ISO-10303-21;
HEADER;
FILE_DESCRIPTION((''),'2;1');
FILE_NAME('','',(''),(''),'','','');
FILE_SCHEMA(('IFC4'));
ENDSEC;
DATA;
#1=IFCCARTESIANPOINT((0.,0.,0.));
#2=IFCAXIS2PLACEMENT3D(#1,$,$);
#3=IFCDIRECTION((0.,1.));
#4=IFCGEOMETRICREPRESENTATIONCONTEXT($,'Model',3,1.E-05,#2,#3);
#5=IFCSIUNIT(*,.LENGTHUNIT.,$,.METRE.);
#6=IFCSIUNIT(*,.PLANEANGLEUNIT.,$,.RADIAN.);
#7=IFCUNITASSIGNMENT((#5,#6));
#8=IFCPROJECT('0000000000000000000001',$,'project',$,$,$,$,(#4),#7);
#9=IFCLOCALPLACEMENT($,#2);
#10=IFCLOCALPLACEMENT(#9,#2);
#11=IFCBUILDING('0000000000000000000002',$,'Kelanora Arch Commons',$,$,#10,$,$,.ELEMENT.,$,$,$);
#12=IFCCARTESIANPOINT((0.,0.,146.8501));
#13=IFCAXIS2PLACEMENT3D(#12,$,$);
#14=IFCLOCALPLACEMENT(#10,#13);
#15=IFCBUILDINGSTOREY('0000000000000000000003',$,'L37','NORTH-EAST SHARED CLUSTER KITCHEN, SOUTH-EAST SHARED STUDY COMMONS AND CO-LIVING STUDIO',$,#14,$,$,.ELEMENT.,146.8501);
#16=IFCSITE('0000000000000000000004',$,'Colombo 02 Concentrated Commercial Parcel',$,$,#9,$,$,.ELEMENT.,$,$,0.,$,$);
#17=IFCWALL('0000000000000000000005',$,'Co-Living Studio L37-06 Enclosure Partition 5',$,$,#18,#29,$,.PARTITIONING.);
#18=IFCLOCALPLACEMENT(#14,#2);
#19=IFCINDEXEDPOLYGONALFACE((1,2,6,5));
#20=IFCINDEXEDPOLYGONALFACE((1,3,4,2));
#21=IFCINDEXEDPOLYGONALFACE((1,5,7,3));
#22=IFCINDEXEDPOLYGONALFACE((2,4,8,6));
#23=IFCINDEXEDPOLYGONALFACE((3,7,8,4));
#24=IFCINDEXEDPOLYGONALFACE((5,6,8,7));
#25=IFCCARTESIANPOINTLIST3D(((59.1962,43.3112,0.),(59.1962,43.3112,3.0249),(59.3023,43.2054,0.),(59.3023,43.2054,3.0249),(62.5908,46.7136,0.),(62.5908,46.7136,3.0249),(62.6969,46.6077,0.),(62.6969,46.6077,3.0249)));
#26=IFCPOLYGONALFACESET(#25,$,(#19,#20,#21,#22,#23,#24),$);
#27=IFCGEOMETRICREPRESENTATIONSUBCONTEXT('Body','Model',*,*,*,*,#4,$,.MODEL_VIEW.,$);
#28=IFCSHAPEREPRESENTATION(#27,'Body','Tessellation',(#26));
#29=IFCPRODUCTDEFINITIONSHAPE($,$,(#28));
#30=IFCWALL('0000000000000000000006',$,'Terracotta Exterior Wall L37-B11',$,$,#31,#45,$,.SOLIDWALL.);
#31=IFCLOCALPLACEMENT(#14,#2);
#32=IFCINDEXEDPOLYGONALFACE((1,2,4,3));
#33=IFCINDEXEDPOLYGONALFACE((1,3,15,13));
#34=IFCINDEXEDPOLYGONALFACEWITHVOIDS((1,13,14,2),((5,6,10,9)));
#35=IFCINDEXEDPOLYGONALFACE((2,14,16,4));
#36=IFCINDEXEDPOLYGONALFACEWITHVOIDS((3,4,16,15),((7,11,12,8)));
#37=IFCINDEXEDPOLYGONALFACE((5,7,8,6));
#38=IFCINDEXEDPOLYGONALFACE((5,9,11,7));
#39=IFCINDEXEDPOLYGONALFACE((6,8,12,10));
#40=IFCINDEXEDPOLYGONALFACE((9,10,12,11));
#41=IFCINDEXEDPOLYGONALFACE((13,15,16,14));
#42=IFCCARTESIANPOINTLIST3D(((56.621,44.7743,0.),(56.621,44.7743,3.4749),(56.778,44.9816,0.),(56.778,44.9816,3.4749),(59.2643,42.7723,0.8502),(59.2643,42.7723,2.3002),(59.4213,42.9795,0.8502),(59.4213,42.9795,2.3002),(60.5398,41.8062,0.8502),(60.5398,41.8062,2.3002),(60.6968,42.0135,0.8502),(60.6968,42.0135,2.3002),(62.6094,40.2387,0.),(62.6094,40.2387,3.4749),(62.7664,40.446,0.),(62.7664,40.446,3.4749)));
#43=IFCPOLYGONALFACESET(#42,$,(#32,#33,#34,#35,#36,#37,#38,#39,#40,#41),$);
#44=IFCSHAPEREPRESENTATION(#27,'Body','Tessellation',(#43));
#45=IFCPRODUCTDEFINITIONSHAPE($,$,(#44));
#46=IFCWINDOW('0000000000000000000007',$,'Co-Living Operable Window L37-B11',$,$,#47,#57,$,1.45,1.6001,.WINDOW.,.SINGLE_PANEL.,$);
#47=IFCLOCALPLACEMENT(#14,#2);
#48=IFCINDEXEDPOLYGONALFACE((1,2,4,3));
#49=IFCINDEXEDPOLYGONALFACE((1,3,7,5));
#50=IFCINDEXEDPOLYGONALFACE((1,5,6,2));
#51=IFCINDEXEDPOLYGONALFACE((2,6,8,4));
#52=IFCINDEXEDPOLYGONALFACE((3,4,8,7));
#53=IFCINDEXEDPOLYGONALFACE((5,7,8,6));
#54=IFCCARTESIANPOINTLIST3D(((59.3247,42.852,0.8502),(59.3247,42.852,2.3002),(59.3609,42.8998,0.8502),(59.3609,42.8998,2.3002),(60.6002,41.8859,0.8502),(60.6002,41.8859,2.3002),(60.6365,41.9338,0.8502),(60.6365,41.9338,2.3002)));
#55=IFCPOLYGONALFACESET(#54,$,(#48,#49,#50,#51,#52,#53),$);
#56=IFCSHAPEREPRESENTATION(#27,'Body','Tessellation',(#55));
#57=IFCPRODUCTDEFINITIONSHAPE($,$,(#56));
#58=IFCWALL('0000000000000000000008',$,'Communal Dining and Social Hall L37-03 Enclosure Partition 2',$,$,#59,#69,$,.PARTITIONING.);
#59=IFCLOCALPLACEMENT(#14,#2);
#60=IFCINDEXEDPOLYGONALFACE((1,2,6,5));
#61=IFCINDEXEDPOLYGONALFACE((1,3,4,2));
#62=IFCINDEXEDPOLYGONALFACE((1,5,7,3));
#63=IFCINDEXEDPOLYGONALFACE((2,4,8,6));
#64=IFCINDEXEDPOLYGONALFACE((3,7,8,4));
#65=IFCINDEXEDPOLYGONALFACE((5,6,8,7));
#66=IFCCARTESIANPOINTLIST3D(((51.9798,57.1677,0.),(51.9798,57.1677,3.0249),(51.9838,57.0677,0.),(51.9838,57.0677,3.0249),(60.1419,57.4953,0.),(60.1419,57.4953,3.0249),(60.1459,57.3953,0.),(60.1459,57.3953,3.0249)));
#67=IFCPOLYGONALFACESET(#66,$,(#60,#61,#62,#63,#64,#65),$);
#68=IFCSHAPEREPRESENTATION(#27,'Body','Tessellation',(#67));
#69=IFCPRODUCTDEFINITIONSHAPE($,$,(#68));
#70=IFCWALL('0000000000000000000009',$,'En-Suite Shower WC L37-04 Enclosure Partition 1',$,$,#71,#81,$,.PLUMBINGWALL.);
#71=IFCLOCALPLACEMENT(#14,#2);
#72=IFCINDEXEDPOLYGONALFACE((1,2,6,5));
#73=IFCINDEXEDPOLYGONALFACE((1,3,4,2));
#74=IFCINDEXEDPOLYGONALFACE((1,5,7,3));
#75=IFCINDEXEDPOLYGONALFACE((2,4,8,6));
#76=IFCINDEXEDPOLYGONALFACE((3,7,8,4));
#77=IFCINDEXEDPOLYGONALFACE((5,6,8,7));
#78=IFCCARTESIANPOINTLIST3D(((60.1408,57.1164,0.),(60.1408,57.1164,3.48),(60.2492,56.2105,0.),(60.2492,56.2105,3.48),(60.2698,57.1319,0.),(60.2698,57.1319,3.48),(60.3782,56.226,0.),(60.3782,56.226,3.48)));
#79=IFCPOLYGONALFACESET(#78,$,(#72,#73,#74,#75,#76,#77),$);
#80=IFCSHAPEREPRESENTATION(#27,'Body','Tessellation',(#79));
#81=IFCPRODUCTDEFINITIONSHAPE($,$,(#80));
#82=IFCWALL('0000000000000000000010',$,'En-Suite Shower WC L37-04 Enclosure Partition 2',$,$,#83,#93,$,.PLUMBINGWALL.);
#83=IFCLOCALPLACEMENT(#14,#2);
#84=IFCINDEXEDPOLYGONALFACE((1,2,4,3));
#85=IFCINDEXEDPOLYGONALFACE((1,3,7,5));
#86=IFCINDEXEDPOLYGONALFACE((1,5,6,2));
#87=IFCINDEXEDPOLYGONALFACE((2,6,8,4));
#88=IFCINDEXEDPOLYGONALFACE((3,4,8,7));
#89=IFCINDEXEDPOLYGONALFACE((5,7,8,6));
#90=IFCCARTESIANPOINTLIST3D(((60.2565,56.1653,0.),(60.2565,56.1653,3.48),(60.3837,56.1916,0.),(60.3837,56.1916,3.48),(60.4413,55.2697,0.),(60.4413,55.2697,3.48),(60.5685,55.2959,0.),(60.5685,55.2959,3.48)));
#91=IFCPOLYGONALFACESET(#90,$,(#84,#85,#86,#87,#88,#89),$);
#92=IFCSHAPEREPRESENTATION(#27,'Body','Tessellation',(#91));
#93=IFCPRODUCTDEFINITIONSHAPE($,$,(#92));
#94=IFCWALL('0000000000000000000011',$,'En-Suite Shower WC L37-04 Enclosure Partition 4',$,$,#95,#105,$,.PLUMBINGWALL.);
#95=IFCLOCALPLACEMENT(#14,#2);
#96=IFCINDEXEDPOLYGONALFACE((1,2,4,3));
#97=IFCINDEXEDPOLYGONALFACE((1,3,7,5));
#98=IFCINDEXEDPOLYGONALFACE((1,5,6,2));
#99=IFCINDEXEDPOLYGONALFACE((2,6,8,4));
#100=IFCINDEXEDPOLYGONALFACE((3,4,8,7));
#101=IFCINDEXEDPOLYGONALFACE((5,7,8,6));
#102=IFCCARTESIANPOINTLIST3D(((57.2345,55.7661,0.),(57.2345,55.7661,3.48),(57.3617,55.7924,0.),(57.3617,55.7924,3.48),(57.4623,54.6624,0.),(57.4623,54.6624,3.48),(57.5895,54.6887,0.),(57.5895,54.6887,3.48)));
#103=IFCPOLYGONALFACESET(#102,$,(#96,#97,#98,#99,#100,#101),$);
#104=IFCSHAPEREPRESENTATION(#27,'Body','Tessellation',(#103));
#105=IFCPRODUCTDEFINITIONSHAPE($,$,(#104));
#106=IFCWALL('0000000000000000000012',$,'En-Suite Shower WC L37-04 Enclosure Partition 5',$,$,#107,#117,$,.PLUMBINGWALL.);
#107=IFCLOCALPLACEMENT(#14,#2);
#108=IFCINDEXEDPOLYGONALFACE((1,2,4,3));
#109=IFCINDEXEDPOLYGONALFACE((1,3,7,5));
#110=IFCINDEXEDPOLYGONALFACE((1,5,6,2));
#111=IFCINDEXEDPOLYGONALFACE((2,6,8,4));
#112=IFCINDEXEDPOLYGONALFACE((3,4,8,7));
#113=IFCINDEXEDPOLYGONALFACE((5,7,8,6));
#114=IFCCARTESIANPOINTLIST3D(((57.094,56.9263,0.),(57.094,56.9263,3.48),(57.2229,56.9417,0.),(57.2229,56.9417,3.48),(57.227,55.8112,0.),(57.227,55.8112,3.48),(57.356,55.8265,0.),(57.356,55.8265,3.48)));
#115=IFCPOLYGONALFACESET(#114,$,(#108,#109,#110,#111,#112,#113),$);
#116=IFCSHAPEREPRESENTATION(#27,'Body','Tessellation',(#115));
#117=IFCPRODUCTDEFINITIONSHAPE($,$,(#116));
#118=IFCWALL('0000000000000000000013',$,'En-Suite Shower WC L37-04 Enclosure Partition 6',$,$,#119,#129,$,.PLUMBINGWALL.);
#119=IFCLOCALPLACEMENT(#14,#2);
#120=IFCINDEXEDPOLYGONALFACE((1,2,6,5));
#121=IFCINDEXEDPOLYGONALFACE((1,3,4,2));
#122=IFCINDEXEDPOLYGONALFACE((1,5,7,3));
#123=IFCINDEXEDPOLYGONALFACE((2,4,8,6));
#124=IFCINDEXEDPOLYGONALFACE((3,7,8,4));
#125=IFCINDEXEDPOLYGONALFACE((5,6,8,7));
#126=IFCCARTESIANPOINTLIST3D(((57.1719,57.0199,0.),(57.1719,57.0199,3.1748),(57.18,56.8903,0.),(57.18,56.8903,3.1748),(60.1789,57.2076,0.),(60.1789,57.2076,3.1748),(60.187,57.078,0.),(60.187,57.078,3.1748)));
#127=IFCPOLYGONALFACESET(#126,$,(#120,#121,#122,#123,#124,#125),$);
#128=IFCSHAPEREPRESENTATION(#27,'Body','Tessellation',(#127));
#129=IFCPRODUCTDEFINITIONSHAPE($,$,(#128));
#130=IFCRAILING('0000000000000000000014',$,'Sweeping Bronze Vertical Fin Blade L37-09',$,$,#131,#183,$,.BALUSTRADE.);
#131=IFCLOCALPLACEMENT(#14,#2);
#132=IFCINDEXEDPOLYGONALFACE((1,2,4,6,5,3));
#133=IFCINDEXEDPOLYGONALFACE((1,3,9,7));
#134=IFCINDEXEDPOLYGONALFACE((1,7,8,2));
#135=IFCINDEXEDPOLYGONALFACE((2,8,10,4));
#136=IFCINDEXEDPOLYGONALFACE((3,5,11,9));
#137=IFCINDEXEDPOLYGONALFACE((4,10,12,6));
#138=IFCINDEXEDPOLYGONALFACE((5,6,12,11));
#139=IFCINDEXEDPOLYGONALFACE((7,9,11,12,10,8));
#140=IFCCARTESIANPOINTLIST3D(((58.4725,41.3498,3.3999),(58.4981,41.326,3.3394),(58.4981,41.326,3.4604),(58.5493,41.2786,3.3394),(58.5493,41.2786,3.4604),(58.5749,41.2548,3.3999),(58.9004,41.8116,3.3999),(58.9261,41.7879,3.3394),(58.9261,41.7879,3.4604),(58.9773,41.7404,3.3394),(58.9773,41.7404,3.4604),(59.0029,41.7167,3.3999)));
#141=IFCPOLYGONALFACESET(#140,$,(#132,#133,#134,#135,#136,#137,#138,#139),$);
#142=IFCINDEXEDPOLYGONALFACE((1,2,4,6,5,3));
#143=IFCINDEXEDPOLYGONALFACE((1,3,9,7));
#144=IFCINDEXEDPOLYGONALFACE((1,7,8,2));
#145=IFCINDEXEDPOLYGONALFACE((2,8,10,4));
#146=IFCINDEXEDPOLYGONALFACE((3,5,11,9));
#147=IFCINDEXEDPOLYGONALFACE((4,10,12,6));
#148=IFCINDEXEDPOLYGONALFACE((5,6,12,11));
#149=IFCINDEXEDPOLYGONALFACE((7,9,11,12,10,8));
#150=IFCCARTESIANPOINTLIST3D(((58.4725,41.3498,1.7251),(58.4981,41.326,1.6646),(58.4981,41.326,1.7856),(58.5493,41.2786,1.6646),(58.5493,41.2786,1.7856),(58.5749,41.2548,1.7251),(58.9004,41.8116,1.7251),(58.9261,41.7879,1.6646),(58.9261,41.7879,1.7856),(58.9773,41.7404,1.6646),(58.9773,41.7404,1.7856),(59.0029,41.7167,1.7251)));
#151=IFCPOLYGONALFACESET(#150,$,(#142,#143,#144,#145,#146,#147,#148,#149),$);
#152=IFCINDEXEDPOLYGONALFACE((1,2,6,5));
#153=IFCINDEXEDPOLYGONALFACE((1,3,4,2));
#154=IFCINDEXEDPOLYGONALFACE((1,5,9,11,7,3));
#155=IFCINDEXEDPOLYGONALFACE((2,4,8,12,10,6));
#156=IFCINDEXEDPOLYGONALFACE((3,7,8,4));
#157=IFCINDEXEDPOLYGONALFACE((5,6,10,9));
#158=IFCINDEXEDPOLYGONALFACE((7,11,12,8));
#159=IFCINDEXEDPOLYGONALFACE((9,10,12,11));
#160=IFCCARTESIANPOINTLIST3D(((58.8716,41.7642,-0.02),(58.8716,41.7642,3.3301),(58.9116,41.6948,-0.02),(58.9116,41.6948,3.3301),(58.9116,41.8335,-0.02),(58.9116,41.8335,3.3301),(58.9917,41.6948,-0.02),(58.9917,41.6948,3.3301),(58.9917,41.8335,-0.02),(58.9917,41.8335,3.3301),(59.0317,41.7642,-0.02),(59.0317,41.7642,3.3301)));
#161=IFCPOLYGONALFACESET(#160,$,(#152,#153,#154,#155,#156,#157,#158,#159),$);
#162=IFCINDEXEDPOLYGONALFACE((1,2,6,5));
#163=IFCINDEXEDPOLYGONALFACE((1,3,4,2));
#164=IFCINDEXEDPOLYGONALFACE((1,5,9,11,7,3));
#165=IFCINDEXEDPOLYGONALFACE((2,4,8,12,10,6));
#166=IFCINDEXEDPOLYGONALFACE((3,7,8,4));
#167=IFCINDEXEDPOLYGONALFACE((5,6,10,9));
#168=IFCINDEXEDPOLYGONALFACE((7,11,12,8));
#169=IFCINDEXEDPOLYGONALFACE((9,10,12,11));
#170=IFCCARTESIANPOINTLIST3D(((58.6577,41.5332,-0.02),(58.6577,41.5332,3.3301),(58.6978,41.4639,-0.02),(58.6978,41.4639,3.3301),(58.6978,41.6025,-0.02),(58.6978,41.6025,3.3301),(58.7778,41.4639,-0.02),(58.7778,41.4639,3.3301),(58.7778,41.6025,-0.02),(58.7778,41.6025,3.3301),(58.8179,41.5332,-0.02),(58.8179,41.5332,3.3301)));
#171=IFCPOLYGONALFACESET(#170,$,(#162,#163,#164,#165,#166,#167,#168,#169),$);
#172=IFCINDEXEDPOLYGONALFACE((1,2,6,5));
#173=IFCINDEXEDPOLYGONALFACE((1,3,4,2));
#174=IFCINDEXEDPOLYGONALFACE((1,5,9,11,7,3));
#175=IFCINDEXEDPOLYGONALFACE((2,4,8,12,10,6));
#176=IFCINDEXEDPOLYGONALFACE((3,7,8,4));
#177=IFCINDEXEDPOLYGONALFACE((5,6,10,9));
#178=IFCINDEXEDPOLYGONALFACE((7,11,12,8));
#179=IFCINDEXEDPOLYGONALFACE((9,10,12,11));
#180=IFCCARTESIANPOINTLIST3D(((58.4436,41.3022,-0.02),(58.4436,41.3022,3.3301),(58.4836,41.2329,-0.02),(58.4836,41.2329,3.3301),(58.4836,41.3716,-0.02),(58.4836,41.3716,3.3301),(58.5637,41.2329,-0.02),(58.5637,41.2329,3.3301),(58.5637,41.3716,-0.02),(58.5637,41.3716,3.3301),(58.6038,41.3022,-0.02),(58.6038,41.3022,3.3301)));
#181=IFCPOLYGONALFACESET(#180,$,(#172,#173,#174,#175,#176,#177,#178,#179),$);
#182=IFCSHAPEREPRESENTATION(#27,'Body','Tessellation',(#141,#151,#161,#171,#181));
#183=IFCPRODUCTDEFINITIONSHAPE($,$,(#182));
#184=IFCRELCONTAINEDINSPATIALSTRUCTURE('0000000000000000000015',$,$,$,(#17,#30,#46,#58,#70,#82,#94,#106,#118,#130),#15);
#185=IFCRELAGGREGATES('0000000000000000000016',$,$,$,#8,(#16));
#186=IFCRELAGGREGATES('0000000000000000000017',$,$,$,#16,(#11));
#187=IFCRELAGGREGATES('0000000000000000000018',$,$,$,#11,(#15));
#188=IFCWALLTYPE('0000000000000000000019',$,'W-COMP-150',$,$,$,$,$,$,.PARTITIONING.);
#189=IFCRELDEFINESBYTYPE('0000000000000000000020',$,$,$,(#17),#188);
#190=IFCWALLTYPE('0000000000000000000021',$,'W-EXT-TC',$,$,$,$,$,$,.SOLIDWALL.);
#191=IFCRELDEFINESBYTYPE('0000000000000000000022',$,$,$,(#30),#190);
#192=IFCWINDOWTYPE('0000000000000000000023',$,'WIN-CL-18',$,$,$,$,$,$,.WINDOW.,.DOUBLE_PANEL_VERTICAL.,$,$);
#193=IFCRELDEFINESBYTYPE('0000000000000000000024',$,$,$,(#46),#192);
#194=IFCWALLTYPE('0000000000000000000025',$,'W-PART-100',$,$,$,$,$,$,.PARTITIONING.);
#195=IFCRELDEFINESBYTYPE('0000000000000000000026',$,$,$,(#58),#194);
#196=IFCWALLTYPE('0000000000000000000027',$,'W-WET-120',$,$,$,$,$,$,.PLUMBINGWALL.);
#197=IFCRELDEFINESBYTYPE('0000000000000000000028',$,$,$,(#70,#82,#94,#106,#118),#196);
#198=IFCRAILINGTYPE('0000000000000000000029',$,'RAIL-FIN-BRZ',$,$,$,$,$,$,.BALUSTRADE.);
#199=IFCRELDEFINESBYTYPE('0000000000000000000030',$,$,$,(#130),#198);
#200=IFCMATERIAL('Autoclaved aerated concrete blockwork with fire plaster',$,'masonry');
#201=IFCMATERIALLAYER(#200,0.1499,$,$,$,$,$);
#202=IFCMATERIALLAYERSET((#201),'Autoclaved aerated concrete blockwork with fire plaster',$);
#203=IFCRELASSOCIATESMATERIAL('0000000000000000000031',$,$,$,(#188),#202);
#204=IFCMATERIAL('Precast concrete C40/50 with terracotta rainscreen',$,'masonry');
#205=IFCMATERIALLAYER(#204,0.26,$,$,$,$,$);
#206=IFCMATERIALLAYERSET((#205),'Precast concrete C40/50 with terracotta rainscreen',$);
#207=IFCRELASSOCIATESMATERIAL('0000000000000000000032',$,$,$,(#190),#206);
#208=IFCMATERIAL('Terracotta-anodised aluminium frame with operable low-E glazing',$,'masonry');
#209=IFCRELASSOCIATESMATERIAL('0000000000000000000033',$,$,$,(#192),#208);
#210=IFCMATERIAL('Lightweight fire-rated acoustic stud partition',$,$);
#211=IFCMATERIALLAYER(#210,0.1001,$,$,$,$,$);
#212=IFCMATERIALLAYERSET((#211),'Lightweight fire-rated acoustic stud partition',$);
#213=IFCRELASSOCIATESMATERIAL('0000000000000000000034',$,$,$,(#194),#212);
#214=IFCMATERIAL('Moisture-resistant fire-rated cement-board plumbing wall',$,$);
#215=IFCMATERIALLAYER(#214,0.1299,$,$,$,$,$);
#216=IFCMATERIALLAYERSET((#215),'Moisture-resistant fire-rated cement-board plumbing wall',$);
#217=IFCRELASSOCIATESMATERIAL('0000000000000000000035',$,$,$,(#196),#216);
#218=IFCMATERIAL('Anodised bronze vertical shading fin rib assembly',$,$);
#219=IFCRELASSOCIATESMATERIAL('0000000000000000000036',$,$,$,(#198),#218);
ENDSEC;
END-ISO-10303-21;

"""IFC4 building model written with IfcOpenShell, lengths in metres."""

from ifc_helpers import new_model, si_unit, direction, frame, frame_2d, origin, place, context, subcontext, project, spatial, polyline, rectangle, outline, extrude, material, layer, layer_set, type_object, element, fill, save


model = new_model("IFC4")

# Units and contexts
model_context = context("Model", 3, precision=1e-05, world=origin(), true_north=direction((0.0, 1.0)))
body_context = subcontext(model_context, "Body", "Model", "MODEL_VIEW")
ifc_project = project(units=[si_unit("LENGTHUNIT", "METRE"), si_unit("PLANEANGLEUNIT", "RADIAN")], contexts=[model_context])

# Site, building, storey
site_placement = place(None, origin())
site = spatial("IfcSite", under=ifc_project, at=site_placement, Name="Colombo 02 Concentrated Commercial Parcel", CompositionType="ELEMENT", RefElevation=0.0)
building_placement = place(site_placement, origin())
building = spatial("IfcBuilding", under=site, at=building_placement, Name="Kelanora Arch Commons", CompositionType="ELEMENT")
storey_placement = place(building_placement, frame((0.0, 0.0, 146.8501)))
storey = spatial("IfcBuildingStorey", under=building, at=storey_placement, Name="L37", Description="NORTH-EAST SHARED CLUSTER KITCHEN, SOUTH-EAST SHARED STUDY COMMONS AND CO-LIVING STUDIO", CompositionType="ELEMENT", Elevation=146.8501)

# Wall
ifc_material_1 = material(Name="Autoclaved aerated concrete blockwork with fire plaster", Category="masonry")
ifc_layer_1 = layer(ifc_material_1, 0.1499)
ifc_layer_set_1 = layer_set([ifc_layer_1], Name="Autoclaved aerated concrete blockwork with fire plaster")
wall_type_1 = type_object("IfcWallType", Name="W-COMP-150", PredefinedType="PARTITIONING", material=ifc_layer_set_1)
wall_1_placement = place(storey_placement, frame((59.2493, 43.2583, 0.0), z_axis=(0.0, 0.0, 1.0), x_axis=(0.706294, 0.707919, 0.0)))
element("IfcWall", 1, at=wall_1_placement, inside=storey, type_object=wall_type_1, Name="Co-Living Studio L37-06 Enclosure Partition 5", PredefinedType="PARTITIONING", context=body_context, shape_type="SweptSolid", body=[
    extrude(rectangle(XDim=4.8062, YDim=0.1499, at=frame_2d((2.4031, 0.0))), origin(), (0.0, 0.0, 1.0), 3.0249),
])

# Wall, opening, window
ifc_material_2 = material(Name="Precast concrete C40/50 with terracotta rainscreen", Category="masonry")
ifc_layer_2 = layer(ifc_material_2, 0.26)
ifc_layer_set_2 = layer_set([ifc_layer_2], Name="Precast concrete C40/50 with terracotta rainscreen")
wall_type_2 = type_object("IfcWallType", Name="W-EXT-TC", PredefinedType="SOLIDWALL", material=ifc_layer_set_2)
wall_2_placement = place(storey_placement, frame((56.6995, 44.8779, 0.0), z_axis=(0.0, 0.0, 1.0), x_axis=(0.797164, -0.603763, 0.0)))
wall_2 = element("IfcWall", 2, at=wall_2_placement, inside=storey, type_object=wall_type_2, Name="Terracotta Exterior Wall L37-B11", PredefinedType="SOLIDWALL", context=body_context, shape_type="SweptSolid", body=[
    extrude(rectangle(XDim=7.5122, YDim=0.26, at=frame_2d((3.7561, 0.0))), origin(), (0.0, 0.0, 1.0), 3.4749),
])
opening_placement = place(wall_2_placement, frame((3.3159, 0.0, 0.8501)))
opening = element("IfcOpeningElement", 3, at=opening_placement, cuts=wall_2, PredefinedType="OPENING", context=body_context, shape_type="SweptSolid", body=[
    extrude(rectangle(XDim=1.6001, YDim=1.45, at=frame_2d((0.8, 0.7251))), frame((0.0, 0.1401, 0.0), z_axis=(0.0, -1.0, 0.0), x_axis=(1.0, 0.0, 0.0)), (0.0, 0.0, 1.0), 0.28),
])
ifc_material_3 = material(Name="Terracotta-anodised aluminium frame with operable low-E glazing", Category="masonry")
window_type = type_object("IfcWindowType", Name="WIN-CL-18", PartitioningType="DOUBLE_PANEL_VERTICAL", PredefinedType="WINDOW", material=ifc_material_3)
window_placement = place(opening_placement, origin())
window = element("IfcWindow", 4, at=window_placement, inside=storey, type_object=window_type, Name="Co-Living Operable Window L37-B11", OverallHeight=1.45, OverallWidth=1.6001, PartitioningType="SINGLE_PANEL", PredefinedType="WINDOW", context=body_context, shape_type="SweptSolid", body=[
    extrude(rectangle(XDim=1.6001, YDim=1.45, at=frame_2d((0.8, 0.7251))), frame((0.0, 0.03, 0.0), z_axis=(0.0, -1.0, 0.0), x_axis=(1.0, 0.0, 0.0)), (0.0, 0.0, 1.0), 0.0601),
])
fill(opening, window)

# Walls
ifc_material_4 = material(Name="Lightweight fire-rated acoustic stud partition")
ifc_layer_3 = layer(ifc_material_4, 0.1001)
ifc_layer_set_3 = layer_set([ifc_layer_3], Name="Lightweight fire-rated acoustic stud partition")
wall_type_3 = type_object("IfcWallType", Name="W-PART-100", PredefinedType="PARTITIONING", material=ifc_layer_set_3)
wall_3_placement = place(storey_placement, frame((60.144, 57.4453, 0.0), z_axis=(0.0, 0.0, 1.0), x_axis=(-0.999195, -0.040109, 0.0)))
element("IfcWall", 5, at=wall_3_placement, inside=storey, type_object=wall_type_3, Name="Communal Dining and Social Hall L37-03 Enclosure Partition 2", PredefinedType="PARTITIONING", context=body_context, shape_type="SweptSolid", body=[
    extrude(rectangle(XDim=8.1687, YDim=0.1001, at=frame_2d((4.0845, 0.0))), origin(), (0.0, 0.0, 1.0), 3.0249),
])
ifc_material_5 = material(Name="Moisture-resistant fire-rated cement-board plumbing wall")
ifc_layer_4 = layer(ifc_material_5, 0.1299)
ifc_layer_set_4 = layer_set([ifc_layer_4], Name="Moisture-resistant fire-rated cement-board plumbing wall")
wall_type_4 = type_object("IfcWallType", Name="W-WET-120", PredefinedType="PLUMBINGWALL", material=ifc_layer_set_4)
wall_4_placement = place(storey_placement, frame((60.2053, 57.124, 0.0), z_axis=(0.0, 0.0, 1.0), x_axis=(0.118797, -0.992919, 0.0)))
element("IfcWall", 6, at=wall_4_placement, inside=storey, type_object=wall_type_4, Name="En-Suite Shower WC L37-04 Enclosure Partition 1", PredefinedType="PLUMBINGWALL", context=body_context, shape_type="SweptSolid", body=[
    extrude(rectangle(XDim=0.9124, YDim=0.1299, at=frame_2d((0.4561, 0.0))), origin(), (0.0, 0.0, 1.0), 3.48),
])
wall_5_placement = place(storey_placement, frame((60.3201, 56.1785, 0.0), z_axis=(0.0, 0.0, 1.0), x_axis=(0.202067, -0.979372, 0.0)))
element("IfcWall", 7, at=wall_5_placement, inside=storey, type_object=wall_type_4, Name="En-Suite Shower WC L37-04 Enclosure Partition 2", PredefinedType="PLUMBINGWALL", context=body_context, shape_type="SweptSolid", body=[
    extrude(rectangle(XDim=0.9146, YDim=0.1299, at=frame_2d((0.4573, 0.0))), origin(), (0.0, 0.0, 1.0), 3.48),
])
wall_6_placement = place(storey_placement, frame((57.5259, 54.6755, 0.0), z_axis=(0.0, 0.0, 1.0), x_axis=(-0.202111, 0.979363, 0.0)))
element("IfcWall", 8, at=wall_6_placement, inside=storey, type_object=wall_type_4, Name="En-Suite Shower WC L37-04 Enclosure Partition 4", PredefinedType="PLUMBINGWALL", context=body_context, shape_type="SweptSolid", body=[
    extrude(rectangle(XDim=1.127, YDim=0.1299, at=frame_2d((0.5635, 0.0))), origin(), (0.0, 0.0, 1.0), 3.48),
])
wall_7_placement = place(storey_placement, frame((57.2915, 55.8188, 0.0), z_axis=(0.0, 0.0, 1.0), x_axis=(-0.118468, 0.992958, 0.0)))
element("IfcWall", 9, at=wall_7_placement, inside=storey, type_object=wall_type_4, Name="En-Suite Shower WC L37-04 Enclosure Partition 5", PredefinedType="PLUMBINGWALL", context=body_context, shape_type="SweptSolid", body=[
    extrude(rectangle(XDim=1.123, YDim=0.1299, at=frame_2d((0.5615, 0.0))), origin(), (0.0, 0.0, 1.0), 3.48),
])
wall_8_placement = place(storey_placement, frame((57.176, 56.9551, 0.0), z_axis=(0.0, 0.0, 1.0), x_axis=(0.998057, 0.062313, 0.0)))
element("IfcWall", 10, at=wall_8_placement, inside=storey, type_object=wall_type_4, Name="En-Suite Shower WC L37-04 Enclosure Partition 6", PredefinedType="PLUMBINGWALL", context=body_context, shape_type="SweptSolid", body=[
    extrude(rectangle(XDim=3.0129, YDim=0.1299, at=frame_2d((1.5063, 0.0))), origin(), (0.0, 0.0, 1.0), 3.1748),
])

# Railing
ifc_material_6 = material(Name="Anodised bronze vertical shading fin rib assembly")
railing_type = type_object("IfcRailingType", Name="RAIL-FIN-BRZ", PredefinedType="BALUSTRADE", material=ifc_material_6)
railing_placement = place(storey_placement, frame((58.9517, 41.7642, -0.02)))
element("IfcRailing", 11, at=railing_placement, inside=storey, type_object=railing_type, Name="Sweeping Bronze Vertical Fin Blade L37-09", PredefinedType="BALUSTRADE", context=body_context, shape_type="SweptSolid", body=[
    extrude(outline(polyline([(0.0698, 0.0), (0.0349, 0.0605), (-0.0349, 0.0605), (-0.0698, 0.0), (-0.0349, -0.0605), (0.0349, -0.0605), (0.0698, 0.0)])), frame((0.0, 0.0, 3.4199), z_axis=(-0.679648, -0.733539, 0.0), x_axis=(0.733539, -0.679648, 0.0)), (0.0, 0.0, 1.0), 0.6296),
    extrude(outline(polyline([(0.0698, 0.0), (0.0349, 0.0605), (-0.0349, 0.0605), (-0.0698, 0.0), (-0.0349, -0.0605), (0.0349, -0.0605), (0.0698, 0.0)])), frame((0.0, 0.0, 1.7451), z_axis=(-0.679648, -0.733539, 0.0), x_axis=(0.733539, -0.679648, 0.0)), (0.0, 0.0, 1.0), 0.6296),
    extrude(outline(polyline([(0.0801, 0.0), (0.04, 0.0693), (-0.04, 0.0693), (-0.0801, 0.0), (-0.04, -0.0693), (0.04, -0.0693), (0.0801, 0.0)])), origin(), (0.0, 0.0, 1.0), 3.3501),
    extrude(outline(polyline([(0.0801, 0.0), (0.04, 0.0693), (-0.04, 0.0693), (-0.0801, 0.0), (-0.04, -0.0693), (0.04, -0.0693), (0.0801, 0.0)])), frame((-0.2139, -0.231, 0.0)), (0.0, 0.0, 1.0), 3.3501),
    extrude(outline(polyline([(0.0801, 0.0), (0.04, 0.0693), (-0.04, 0.0693), (-0.0801, 0.0), (-0.04, -0.0693), (0.04, -0.0693), (0.0801, 0.0)])), frame((-0.428, -0.4619, 0.0)), (0.0, 0.0, 1.0), 3.3501),
])

save(model, "model.ifc")
